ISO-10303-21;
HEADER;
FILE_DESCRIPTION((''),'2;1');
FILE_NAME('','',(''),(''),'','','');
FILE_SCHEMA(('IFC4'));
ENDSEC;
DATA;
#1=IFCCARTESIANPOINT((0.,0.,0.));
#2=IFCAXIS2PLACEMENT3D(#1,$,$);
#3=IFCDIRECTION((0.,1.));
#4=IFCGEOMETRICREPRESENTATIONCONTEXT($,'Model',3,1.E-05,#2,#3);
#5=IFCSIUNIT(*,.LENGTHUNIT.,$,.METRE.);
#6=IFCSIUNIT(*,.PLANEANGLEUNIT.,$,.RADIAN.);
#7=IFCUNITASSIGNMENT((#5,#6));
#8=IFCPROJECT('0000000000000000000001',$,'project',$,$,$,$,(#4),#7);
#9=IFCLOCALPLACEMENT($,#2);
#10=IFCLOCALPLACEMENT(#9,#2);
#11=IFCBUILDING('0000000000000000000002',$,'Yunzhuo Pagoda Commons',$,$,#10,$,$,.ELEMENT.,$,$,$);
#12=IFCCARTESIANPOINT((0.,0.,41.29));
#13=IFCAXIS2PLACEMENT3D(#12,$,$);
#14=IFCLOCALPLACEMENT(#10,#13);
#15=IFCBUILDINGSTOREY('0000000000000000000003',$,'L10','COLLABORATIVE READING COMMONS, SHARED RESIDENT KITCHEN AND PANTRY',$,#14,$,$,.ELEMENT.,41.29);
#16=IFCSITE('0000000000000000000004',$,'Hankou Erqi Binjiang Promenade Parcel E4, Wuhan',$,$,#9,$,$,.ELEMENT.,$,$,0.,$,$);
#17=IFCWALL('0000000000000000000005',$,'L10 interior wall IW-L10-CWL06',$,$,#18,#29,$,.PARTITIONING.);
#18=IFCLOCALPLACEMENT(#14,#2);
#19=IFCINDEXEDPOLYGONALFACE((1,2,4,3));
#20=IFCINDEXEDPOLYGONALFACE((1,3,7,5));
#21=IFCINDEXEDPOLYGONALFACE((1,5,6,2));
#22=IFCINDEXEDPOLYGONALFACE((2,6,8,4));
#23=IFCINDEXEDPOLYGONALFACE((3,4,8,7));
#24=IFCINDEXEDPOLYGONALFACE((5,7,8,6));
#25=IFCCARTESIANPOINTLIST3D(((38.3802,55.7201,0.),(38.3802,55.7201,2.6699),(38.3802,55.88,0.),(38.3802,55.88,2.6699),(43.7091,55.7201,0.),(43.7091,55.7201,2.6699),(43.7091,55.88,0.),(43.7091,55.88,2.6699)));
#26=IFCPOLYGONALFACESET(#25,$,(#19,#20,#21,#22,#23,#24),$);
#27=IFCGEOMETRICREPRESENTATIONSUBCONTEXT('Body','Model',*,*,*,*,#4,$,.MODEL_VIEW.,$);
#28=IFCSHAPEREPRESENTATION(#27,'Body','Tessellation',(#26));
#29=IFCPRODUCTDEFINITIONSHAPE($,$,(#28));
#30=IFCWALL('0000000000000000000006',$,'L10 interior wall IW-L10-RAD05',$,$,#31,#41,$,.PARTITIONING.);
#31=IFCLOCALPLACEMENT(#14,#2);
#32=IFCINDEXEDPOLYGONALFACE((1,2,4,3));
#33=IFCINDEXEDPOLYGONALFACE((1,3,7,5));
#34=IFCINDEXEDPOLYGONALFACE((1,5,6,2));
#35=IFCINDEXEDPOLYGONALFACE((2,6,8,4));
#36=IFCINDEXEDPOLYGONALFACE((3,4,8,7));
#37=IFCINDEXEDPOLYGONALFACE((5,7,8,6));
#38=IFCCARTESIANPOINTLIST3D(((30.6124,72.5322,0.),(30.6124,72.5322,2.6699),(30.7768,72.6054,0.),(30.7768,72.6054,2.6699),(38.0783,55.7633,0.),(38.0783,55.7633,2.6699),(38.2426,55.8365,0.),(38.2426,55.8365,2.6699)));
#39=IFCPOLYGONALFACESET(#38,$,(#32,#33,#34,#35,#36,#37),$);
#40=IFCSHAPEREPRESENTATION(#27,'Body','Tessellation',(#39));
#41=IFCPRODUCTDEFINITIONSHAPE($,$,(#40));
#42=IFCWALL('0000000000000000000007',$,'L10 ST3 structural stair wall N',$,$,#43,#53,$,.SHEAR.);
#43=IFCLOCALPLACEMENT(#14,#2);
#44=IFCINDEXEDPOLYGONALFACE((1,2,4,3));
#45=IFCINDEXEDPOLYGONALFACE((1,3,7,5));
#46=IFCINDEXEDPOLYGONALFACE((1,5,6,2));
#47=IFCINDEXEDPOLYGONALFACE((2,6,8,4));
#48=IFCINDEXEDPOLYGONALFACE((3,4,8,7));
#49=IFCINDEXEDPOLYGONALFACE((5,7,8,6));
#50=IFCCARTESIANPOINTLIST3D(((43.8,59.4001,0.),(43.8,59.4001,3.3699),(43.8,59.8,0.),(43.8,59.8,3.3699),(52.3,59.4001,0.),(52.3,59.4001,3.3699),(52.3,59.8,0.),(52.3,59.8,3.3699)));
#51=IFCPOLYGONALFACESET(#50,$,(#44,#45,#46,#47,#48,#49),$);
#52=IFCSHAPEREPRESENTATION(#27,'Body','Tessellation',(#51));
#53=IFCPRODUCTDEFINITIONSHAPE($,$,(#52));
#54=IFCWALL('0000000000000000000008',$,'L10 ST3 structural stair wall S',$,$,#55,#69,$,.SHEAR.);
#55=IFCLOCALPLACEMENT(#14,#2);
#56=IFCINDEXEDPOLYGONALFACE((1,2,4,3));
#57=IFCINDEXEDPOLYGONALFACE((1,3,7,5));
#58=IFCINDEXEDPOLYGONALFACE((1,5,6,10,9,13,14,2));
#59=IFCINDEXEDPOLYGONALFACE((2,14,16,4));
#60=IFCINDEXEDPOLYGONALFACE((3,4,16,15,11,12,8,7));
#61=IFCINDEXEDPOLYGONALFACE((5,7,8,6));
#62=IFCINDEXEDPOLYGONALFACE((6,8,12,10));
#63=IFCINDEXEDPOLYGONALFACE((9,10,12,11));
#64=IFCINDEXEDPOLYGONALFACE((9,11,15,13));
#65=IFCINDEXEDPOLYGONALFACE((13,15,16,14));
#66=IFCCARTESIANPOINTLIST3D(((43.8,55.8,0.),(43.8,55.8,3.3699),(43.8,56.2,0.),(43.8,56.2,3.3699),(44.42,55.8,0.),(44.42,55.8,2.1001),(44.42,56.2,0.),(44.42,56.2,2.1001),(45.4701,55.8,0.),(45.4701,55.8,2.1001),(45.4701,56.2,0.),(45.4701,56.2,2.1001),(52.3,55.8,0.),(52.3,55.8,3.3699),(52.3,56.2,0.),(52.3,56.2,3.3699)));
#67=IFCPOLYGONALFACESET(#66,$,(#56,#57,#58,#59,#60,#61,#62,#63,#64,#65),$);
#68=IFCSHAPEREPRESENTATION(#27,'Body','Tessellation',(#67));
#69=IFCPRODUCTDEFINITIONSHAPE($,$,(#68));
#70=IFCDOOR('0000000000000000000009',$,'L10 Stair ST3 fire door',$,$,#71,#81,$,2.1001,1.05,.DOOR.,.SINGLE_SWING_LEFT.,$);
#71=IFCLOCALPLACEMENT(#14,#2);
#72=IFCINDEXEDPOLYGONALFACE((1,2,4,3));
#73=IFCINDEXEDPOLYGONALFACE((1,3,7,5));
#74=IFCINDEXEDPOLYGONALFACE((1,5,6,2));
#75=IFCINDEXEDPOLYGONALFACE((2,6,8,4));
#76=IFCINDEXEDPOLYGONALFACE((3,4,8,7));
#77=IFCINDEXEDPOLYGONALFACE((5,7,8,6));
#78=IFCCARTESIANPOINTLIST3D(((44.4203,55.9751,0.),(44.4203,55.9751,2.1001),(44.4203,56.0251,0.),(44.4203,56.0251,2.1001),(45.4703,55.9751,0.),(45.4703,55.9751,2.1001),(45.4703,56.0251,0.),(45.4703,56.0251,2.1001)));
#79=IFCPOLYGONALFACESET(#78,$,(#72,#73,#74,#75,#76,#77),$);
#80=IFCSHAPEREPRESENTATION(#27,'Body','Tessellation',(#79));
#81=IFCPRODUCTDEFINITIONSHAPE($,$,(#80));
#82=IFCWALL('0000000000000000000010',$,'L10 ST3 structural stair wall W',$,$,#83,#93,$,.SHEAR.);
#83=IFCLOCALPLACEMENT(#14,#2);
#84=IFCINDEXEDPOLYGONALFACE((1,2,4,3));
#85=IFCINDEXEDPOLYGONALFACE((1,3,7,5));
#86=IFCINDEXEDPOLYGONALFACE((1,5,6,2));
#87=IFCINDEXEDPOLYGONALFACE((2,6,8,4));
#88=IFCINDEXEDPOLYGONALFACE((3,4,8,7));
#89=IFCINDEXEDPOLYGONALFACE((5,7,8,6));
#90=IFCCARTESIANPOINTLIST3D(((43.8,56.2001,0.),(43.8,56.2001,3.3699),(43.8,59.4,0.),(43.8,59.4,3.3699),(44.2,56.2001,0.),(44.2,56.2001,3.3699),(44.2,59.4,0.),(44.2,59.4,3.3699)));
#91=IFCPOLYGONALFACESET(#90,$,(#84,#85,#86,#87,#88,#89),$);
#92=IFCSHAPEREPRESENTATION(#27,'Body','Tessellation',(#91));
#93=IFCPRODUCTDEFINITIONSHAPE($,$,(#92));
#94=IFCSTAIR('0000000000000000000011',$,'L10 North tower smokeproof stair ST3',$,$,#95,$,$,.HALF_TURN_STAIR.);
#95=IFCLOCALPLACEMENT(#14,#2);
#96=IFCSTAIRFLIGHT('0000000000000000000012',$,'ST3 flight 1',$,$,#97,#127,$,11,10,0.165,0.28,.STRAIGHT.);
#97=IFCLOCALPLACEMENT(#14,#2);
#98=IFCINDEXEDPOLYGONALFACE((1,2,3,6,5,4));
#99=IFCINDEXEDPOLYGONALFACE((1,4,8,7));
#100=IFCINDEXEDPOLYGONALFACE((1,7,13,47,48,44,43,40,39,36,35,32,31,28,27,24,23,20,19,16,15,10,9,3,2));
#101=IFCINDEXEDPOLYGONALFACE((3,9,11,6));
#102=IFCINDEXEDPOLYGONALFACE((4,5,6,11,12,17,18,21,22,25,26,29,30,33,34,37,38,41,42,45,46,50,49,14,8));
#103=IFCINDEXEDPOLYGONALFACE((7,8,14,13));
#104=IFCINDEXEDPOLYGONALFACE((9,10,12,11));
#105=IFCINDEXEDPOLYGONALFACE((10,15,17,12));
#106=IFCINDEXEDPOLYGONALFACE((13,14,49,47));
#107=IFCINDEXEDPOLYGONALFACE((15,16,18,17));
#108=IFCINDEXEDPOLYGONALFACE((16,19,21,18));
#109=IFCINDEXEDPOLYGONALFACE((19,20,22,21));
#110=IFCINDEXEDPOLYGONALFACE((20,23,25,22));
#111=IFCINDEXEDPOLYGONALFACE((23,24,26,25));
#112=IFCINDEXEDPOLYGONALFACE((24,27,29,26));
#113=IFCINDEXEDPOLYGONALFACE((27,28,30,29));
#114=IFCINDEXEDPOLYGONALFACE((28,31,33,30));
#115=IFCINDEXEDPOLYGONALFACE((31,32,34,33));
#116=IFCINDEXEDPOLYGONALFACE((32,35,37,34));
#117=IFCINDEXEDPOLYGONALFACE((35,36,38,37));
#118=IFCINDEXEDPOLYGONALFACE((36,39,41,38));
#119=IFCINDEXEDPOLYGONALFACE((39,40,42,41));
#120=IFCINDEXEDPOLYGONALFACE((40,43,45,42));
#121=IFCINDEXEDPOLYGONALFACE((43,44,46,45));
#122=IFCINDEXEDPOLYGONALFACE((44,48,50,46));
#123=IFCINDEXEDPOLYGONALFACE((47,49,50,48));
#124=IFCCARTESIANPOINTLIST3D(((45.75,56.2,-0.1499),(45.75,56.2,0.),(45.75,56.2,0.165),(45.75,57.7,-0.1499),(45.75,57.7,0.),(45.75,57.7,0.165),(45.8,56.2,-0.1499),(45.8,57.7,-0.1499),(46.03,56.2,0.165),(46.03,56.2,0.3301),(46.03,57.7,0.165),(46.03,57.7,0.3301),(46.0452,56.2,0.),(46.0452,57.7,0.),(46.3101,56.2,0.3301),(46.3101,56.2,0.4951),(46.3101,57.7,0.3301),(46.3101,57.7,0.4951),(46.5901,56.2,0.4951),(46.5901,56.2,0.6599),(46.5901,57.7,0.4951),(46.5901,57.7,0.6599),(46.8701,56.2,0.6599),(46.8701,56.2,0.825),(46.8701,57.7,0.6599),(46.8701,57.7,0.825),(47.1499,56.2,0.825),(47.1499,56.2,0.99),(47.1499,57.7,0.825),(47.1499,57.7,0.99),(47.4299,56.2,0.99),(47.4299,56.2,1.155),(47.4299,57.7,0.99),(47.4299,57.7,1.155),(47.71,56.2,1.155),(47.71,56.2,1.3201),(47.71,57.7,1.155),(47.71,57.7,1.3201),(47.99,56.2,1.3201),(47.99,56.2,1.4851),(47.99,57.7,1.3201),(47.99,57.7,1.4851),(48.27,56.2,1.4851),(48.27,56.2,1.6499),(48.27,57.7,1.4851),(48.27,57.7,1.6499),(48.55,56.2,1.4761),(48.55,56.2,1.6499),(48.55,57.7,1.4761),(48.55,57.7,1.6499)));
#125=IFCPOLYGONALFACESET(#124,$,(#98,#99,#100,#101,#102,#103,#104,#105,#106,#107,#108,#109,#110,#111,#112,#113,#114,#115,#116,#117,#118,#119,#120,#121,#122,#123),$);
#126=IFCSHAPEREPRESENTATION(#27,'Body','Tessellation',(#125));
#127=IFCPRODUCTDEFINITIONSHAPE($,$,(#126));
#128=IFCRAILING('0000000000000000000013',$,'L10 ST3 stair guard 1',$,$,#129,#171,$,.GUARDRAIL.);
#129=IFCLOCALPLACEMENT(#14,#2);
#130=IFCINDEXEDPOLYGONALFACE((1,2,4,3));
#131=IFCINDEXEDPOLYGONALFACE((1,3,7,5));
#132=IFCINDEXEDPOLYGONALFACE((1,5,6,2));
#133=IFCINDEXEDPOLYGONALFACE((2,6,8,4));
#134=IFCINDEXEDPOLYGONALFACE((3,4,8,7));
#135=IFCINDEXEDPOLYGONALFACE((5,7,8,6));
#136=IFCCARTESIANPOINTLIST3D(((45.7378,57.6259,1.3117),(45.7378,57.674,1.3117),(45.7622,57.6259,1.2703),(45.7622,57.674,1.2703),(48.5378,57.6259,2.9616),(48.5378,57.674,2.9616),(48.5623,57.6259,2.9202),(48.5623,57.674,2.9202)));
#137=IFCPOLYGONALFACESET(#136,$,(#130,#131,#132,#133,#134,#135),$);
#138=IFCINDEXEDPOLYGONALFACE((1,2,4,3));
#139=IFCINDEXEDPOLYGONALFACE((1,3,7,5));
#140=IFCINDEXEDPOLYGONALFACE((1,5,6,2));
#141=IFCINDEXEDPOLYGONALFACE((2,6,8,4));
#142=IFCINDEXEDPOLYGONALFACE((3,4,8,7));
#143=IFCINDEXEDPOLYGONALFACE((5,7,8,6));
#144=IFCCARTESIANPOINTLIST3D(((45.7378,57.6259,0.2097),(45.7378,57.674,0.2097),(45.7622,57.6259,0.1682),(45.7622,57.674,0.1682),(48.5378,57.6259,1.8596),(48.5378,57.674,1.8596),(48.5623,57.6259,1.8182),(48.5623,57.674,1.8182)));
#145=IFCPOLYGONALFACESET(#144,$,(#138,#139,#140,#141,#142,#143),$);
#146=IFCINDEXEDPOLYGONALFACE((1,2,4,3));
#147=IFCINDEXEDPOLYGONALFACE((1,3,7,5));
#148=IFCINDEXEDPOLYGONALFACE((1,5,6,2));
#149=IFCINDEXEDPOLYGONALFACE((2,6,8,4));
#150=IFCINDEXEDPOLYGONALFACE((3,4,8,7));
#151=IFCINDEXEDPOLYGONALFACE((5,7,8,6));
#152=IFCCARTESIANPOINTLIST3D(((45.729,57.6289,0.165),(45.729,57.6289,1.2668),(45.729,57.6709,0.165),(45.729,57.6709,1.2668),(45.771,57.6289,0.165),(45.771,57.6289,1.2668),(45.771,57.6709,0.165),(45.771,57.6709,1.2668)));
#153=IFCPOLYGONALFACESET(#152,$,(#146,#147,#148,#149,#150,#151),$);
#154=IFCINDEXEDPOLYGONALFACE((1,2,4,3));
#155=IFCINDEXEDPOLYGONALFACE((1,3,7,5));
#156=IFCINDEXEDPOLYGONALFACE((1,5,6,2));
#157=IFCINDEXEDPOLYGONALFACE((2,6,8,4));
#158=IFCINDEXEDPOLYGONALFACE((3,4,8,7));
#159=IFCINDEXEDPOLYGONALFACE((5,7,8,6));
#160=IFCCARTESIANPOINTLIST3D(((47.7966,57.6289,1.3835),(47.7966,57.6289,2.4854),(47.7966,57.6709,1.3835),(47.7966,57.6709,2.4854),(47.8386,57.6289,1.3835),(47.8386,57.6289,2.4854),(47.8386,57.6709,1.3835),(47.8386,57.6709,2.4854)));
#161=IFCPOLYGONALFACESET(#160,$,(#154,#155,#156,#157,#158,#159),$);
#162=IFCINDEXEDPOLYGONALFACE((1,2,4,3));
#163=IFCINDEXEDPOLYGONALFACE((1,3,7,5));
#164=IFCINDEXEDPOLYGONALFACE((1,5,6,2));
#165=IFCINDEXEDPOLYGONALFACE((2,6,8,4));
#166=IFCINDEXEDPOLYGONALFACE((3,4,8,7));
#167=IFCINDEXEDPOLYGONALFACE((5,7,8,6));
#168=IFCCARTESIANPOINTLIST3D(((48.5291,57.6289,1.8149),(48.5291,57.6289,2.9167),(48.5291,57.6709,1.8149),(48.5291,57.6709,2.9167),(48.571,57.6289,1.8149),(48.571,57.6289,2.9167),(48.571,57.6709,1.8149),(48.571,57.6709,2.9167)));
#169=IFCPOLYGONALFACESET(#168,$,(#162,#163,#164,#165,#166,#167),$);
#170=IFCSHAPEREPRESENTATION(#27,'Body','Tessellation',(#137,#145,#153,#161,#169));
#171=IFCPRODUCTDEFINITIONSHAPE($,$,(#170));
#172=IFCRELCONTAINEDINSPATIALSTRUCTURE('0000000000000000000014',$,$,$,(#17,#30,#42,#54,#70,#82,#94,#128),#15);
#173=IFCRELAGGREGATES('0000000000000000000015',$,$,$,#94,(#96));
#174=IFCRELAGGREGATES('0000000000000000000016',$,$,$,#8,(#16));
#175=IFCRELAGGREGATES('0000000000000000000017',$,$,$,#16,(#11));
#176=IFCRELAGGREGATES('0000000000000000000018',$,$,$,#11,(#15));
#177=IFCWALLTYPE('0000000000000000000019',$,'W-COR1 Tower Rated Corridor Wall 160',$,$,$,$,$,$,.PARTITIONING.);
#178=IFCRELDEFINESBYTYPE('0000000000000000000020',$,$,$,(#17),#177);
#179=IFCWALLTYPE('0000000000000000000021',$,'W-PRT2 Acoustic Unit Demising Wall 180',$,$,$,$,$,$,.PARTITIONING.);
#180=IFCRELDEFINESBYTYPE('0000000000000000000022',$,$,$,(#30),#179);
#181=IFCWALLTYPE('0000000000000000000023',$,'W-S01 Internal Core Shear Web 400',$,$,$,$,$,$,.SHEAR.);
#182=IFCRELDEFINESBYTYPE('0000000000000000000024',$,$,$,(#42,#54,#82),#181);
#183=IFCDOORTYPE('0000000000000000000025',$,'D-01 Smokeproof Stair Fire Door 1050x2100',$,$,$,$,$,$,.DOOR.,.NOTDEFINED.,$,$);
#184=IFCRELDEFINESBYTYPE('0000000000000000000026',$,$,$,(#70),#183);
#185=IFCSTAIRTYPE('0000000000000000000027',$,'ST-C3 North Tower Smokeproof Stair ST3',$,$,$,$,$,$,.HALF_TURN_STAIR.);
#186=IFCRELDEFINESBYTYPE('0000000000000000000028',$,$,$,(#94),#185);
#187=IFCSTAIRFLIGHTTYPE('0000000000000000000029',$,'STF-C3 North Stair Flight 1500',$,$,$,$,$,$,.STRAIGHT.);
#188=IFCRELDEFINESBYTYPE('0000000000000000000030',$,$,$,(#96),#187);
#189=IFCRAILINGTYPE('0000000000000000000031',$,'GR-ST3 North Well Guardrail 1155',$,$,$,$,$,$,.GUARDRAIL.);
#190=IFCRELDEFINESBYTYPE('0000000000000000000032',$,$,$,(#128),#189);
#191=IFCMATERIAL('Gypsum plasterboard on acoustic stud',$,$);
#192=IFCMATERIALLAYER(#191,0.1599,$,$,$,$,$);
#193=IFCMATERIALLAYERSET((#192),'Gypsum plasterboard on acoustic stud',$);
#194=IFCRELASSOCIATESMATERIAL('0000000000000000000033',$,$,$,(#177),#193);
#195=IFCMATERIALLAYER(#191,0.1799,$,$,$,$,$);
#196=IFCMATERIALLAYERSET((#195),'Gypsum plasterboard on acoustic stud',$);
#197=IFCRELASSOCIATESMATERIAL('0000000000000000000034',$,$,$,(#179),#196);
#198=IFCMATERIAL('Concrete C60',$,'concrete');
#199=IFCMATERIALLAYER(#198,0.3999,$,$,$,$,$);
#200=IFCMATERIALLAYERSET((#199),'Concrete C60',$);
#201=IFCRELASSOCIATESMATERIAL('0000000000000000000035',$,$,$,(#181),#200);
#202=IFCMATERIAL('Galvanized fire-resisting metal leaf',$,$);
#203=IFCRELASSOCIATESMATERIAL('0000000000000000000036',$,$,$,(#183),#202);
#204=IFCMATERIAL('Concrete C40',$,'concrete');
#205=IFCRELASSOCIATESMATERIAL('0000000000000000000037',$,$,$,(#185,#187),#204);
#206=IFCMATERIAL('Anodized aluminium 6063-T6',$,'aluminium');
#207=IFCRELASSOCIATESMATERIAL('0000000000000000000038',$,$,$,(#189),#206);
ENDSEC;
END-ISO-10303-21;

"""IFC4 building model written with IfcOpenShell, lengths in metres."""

from ifc_helpers import new_model, si_unit, direction, frame, frame_2d, origin, origin_2d, place, context, subcontext, project, spatial, polyline, rectangle, outline, extrude, source, transform, mapped, material, layer, layer_set, type_object, element, fill, aggregate, save


model = new_model("IFC4")

# Units and contexts
model_context = context("Model", 3, precision=1e-05, world=origin(), true_north=direction((0.0, 1.0)))
body_context = subcontext(model_context, "Body", "Model", "MODEL_VIEW")
ifc_project = project(units=[si_unit("LENGTHUNIT", "METRE"), si_unit("PLANEANGLEUNIT", "RADIAN")], contexts=[model_context])

# Site, building, storey
site_placement = place(None, origin())
site = spatial("IfcSite", under=ifc_project, at=site_placement, Name="Hankou Erqi Binjiang Promenade Parcel E4, Wuhan", CompositionType="ELEMENT", RefElevation=0.0)
building_placement = place(site_placement, origin())
building = spatial("IfcBuilding", under=site, at=building_placement, Name="Yunzhuo Pagoda Commons", CompositionType="ELEMENT")
storey_placement = place(building_placement, frame((0.0, 0.0, 41.29)))
storey = spatial("IfcBuildingStorey", under=building, at=storey_placement, Name="L10", Description="COLLABORATIVE READING COMMONS, SHARED RESIDENT KITCHEN AND PANTRY", CompositionType="ELEMENT", Elevation=41.29)

# Shared definitions
ifc_material_1 = material(Name="Anodized aluminium 6063-T6", Category="aluminium")

# Walls
ifc_material_2 = material(Name="Gypsum plasterboard on acoustic stud")
ifc_layer_1 = layer(ifc_material_2, 0.1599)
ifc_layer_set_1 = layer_set([ifc_layer_1], Name="Gypsum plasterboard on acoustic stud")
wall_type_1 = type_object("IfcWallType", Name="W-COR1 Tower Rated Corridor Wall 160", PredefinedType="PARTITIONING", material=ifc_layer_set_1)
wall_1_placement = place(storey_placement, frame((38.3801, 55.8, 0.0), z_axis=(0.0, 0.0, 1.0), x_axis=(1.0, 0.0, 0.0)))
element("IfcWall", 1, at=wall_1_placement, inside=storey, type_object=wall_type_1, Name="L10 interior wall IW-L10-CWL06", PredefinedType="PARTITIONING", context=body_context, shape_type="SweptSolid", body=[
    extrude(rectangle(XDim=5.3289, YDim=0.1599, at=frame_2d((2.6646, 0.0))), origin(), (0.0, 0.0, 1.0), 2.6699),
])
ifc_layer_2 = layer(ifc_material_2, 0.1799)
ifc_layer_set_2 = layer_set([ifc_layer_2], Name="Gypsum plasterboard on acoustic stud")
wall_type_2 = type_object("IfcWallType", Name="W-PRT2 Acoustic Unit Demising Wall 180", PredefinedType="PARTITIONING", material=ifc_layer_set_2)
wall_2_placement = place(storey_placement, frame((38.1604, 55.8, 0.0), z_axis=(0.0, 0.0, 1.0), x_axis=(-0.406731, 0.913548, 0.0)))
element("IfcWall", 2, at=wall_2_placement, inside=storey, type_object=wall_type_2, Name="L10 interior wall IW-L10-RAD05", PredefinedType="PARTITIONING", context=body_context, shape_type="SweptSolid", body=[
    extrude(rectangle(XDim=18.3557, YDim=0.1799, at=frame_2d((9.1777, 0.0))), origin(), (0.0, 0.0, 1.0), 2.6699),
])
ifc_material_3 = material(Name="Concrete C60", Category="concrete")
ifc_layer_3 = layer(ifc_material_3, 0.3999)
ifc_layer_set_3 = layer_set([ifc_layer_3], Name="Concrete C60")
wall_type_3 = type_object("IfcWallType", Name="W-S01 Internal Core Shear Web 400", PredefinedType="SHEAR", material=ifc_layer_set_3)
wall_3_placement = place(storey_placement, frame((43.8, 59.6001, 0.0), z_axis=(0.0, 0.0, 1.0), x_axis=(1.0, 0.0, 0.0)))
element("IfcWall", 3, at=wall_3_placement, inside=storey, type_object=wall_type_3, Name="L10 ST3 structural stair wall N", PredefinedType="SHEAR", context=body_context, shape_type="SweptSolid", body=[
    extrude(rectangle(XDim=8.5, YDim=0.3999, at=frame_2d((4.25, 0.0))), origin(), (0.0, 0.0, 1.0), 3.3699),
])

# Wall, opening, door
wall_4_placement = place(storey_placement, frame((43.8, 56.0, 0.0), z_axis=(0.0, 0.0, 1.0), x_axis=(1.0, 0.0, 0.0)))
wall_4 = element("IfcWall", 4, at=wall_4_placement, inside=storey, type_object=wall_type_3, Name="L10 ST3 structural stair wall S", PredefinedType="SHEAR", context=body_context, shape_type="SweptSolid", body=[
    extrude(rectangle(XDim=8.5, YDim=0.3999, at=frame_2d((4.25, 0.0))), origin(), (0.0, 0.0, 1.0), 3.3699),
])
opening_placement = place(wall_4_placement, frame((0.6201, 0.0, 0.0)))
opening = element("IfcOpeningElement", 5, at=opening_placement, cuts=wall_4, PredefinedType="OPENING", context=body_context, shape_type="SweptSolid", body=[
    extrude(rectangle(XDim=1.05, YDim=2.1001, at=frame_2d((0.5249, 1.05))), frame((0.0, 0.21, 0.0), z_axis=(0.0, -1.0, 0.0), x_axis=(1.0, 0.0, 0.0)), (0.0, 0.0, 1.0), 0.4199),
])
ifc_material_4 = material(Name="Galvanized fire-resisting metal leaf")
door_type = type_object("IfcDoorType", Name="D-01 Smokeproof Stair Fire Door 1050x2100", OperationType="NOTDEFINED", PredefinedType="DOOR", material=ifc_material_4)
shared_shape_1 = source(origin(), body_context, "Body", "SweptSolid", [
    extrude(rectangle(XDim=1.05, YDim=2.1001, at=frame_2d((0.5249, 1.05))), frame((0.0, 0.0249, 0.0), z_axis=(0.0, -1.0, 0.0), x_axis=(1.0, 0.0, 0.0)), (0.0, 0.0, 1.0), 0.05),
])
door_placement = place(opening_placement, frame((1.05, 0.0, 0.0), z_axis=(0.0, 0.0, 1.0), x_axis=(-1.0, 0.0, 0.0)))
door = element("IfcDoor", 6, at=door_placement, inside=storey, type_object=door_type, Name="L10 Stair ST3 fire door", OperationType="SINGLE_SWING_LEFT", OverallHeight=2.1001, OverallWidth=1.05, PredefinedType="DOOR", context=body_context, shape_type="MappedRepresentation", body=[
    mapped(shared_shape_1, transform((0.0, 0.0, 0.0), scale=1.0)),
])
fill(opening, door)

# Wall
wall_5_placement = place(storey_placement, frame((44.0, 56.2, 0.0), z_axis=(0.0, 0.0, 1.0), x_axis=(0.0, 1.0, 0.0)))
element("IfcWall", 7, at=wall_5_placement, inside=storey, type_object=wall_type_3, Name="L10 ST3 structural stair wall W", PredefinedType="SHEAR", context=body_context, shape_type="SweptSolid", body=[
    extrude(rectangle(XDim=3.2, YDim=0.3999, at=frame_2d((1.6001, 0.0))), origin(), (0.0, 0.0, 1.0), 3.3699),
])

# Stair, stair flight
ifc_material_5 = material(Name="Concrete C40", Category="concrete")
stair_type = type_object("IfcStairType", Name="ST-C3 North Tower Smokeproof Stair ST3", PredefinedType="HALF_TURN_STAIR", material=ifc_material_5)
stair_placement = place(storey_placement, origin())
stair = element("IfcStair", 8, at=stair_placement, inside=storey, type_object=stair_type, Name="L10 North tower smokeproof stair ST3", PredefinedType="HALF_TURN_STAIR")
stair_flight_type = type_object("IfcStairFlightType", Name="STF-C3 North Stair Flight 1500", PredefinedType="STRAIGHT", material=ifc_material_5)
shared_shape_2 = source(origin(), body_context, "Body", "SweptSolid", [
    extrude(outline(polyline([(0.0, -0.1499), (0.0, 0.0), (0.0, 0.165), (0.28, 0.165), (0.28, 0.3301), (0.5601, 0.3301), (0.5601, 0.4951), (0.8401, 0.4951), (0.8401, 0.6599), (1.1201, 0.6599), (1.1201, 0.825), (1.3999, 0.825), (1.3999, 0.99), (1.6799, 0.99), (1.6799, 1.155), (1.96, 1.155), (1.96, 1.3201), (2.24, 1.3201), (2.24, 1.4851), (2.52, 1.4851), (2.52, 1.6499), (2.8, 1.6499), (2.8, 1.8149), (2.8, 1.4761), (0.2952, 0.0), (0.05, -0.1499), (0.0, -0.1499)])), frame((0.0, 0.75, 0.0), z_axis=(0.0, -1.0, 0.0), x_axis=(1.0, 0.0, 0.0)), (0.0, 0.0, 1.0), 1.5),
])
stair_flight_placement = place(storey_placement, frame((45.75, 56.95, 0.0), z_axis=(0.0, 0.0, 1.0), x_axis=(1.0, 0.0, 0.0)))
stair_flight = element("IfcStairFlight", 9, at=stair_flight_placement, type_object=stair_flight_type, Name="ST3 flight 1", NumberOfRisers=11, NumberOfTreads=10, PredefinedType="STRAIGHT", RiserHeight=0.165, TreadLength=0.28, context=body_context, shape_type="MappedRepresentation", body=[
    mapped(shared_shape_2, transform((0.0, 0.0, 0.0), scale=1.0)),
])
aggregate(stair, [stair_flight])

# Railing
railing_type_1 = type_object("IfcRailingType", Name="GR-ST3 North Well Guardrail 1155", PredefinedType="GUARDRAIL", material=ifc_material_1)
railing_1_placement = place(storey_placement, frame((45.75, 57.6499, 0.165)))
element("IfcRailing", 10, at=railing_1_placement, inside=storey, type_object=railing_type_1, Name="L10 ST3 stair guard 1", PredefinedType="GUARDRAIL", context=body_context, shape_type="SweptSolid", body=[
    extrude(rectangle(XDim=0.0481, YDim=0.0481, at=origin_2d()), frame((0.0, 0.0, 1.126), z_axis=(0.861555, 0.0, 0.507663), x_axis=(0.0, 1.0, 0.0)), (0.0, 0.0, 1.0), 3.25),
    extrude(rectangle(XDim=0.0481, YDim=0.0481, at=origin_2d()), frame((0.0, 0.0, 0.0239), z_axis=(0.861555, 0.0, 0.507663), x_axis=(0.0, 1.0, 0.0)), (0.0, 0.0, 1.0), 3.25),
    extrude(rectangle(XDim=0.042, YDim=0.042, at=origin_2d()), origin(), (0.0, 0.0, 1.0), 1.1018),
    extrude(rectangle(XDim=0.042, YDim=0.042, at=origin_2d()), frame((2.0676, 0.0, 1.2185)), (0.0, 0.0, 1.0), 1.1018),
    extrude(rectangle(XDim=0.042, YDim=0.042, at=origin_2d()), frame((2.8, 0.0, 1.6499)), (0.0, 0.0, 1.0), 1.1018),
])

save(model, "model.ifc")
